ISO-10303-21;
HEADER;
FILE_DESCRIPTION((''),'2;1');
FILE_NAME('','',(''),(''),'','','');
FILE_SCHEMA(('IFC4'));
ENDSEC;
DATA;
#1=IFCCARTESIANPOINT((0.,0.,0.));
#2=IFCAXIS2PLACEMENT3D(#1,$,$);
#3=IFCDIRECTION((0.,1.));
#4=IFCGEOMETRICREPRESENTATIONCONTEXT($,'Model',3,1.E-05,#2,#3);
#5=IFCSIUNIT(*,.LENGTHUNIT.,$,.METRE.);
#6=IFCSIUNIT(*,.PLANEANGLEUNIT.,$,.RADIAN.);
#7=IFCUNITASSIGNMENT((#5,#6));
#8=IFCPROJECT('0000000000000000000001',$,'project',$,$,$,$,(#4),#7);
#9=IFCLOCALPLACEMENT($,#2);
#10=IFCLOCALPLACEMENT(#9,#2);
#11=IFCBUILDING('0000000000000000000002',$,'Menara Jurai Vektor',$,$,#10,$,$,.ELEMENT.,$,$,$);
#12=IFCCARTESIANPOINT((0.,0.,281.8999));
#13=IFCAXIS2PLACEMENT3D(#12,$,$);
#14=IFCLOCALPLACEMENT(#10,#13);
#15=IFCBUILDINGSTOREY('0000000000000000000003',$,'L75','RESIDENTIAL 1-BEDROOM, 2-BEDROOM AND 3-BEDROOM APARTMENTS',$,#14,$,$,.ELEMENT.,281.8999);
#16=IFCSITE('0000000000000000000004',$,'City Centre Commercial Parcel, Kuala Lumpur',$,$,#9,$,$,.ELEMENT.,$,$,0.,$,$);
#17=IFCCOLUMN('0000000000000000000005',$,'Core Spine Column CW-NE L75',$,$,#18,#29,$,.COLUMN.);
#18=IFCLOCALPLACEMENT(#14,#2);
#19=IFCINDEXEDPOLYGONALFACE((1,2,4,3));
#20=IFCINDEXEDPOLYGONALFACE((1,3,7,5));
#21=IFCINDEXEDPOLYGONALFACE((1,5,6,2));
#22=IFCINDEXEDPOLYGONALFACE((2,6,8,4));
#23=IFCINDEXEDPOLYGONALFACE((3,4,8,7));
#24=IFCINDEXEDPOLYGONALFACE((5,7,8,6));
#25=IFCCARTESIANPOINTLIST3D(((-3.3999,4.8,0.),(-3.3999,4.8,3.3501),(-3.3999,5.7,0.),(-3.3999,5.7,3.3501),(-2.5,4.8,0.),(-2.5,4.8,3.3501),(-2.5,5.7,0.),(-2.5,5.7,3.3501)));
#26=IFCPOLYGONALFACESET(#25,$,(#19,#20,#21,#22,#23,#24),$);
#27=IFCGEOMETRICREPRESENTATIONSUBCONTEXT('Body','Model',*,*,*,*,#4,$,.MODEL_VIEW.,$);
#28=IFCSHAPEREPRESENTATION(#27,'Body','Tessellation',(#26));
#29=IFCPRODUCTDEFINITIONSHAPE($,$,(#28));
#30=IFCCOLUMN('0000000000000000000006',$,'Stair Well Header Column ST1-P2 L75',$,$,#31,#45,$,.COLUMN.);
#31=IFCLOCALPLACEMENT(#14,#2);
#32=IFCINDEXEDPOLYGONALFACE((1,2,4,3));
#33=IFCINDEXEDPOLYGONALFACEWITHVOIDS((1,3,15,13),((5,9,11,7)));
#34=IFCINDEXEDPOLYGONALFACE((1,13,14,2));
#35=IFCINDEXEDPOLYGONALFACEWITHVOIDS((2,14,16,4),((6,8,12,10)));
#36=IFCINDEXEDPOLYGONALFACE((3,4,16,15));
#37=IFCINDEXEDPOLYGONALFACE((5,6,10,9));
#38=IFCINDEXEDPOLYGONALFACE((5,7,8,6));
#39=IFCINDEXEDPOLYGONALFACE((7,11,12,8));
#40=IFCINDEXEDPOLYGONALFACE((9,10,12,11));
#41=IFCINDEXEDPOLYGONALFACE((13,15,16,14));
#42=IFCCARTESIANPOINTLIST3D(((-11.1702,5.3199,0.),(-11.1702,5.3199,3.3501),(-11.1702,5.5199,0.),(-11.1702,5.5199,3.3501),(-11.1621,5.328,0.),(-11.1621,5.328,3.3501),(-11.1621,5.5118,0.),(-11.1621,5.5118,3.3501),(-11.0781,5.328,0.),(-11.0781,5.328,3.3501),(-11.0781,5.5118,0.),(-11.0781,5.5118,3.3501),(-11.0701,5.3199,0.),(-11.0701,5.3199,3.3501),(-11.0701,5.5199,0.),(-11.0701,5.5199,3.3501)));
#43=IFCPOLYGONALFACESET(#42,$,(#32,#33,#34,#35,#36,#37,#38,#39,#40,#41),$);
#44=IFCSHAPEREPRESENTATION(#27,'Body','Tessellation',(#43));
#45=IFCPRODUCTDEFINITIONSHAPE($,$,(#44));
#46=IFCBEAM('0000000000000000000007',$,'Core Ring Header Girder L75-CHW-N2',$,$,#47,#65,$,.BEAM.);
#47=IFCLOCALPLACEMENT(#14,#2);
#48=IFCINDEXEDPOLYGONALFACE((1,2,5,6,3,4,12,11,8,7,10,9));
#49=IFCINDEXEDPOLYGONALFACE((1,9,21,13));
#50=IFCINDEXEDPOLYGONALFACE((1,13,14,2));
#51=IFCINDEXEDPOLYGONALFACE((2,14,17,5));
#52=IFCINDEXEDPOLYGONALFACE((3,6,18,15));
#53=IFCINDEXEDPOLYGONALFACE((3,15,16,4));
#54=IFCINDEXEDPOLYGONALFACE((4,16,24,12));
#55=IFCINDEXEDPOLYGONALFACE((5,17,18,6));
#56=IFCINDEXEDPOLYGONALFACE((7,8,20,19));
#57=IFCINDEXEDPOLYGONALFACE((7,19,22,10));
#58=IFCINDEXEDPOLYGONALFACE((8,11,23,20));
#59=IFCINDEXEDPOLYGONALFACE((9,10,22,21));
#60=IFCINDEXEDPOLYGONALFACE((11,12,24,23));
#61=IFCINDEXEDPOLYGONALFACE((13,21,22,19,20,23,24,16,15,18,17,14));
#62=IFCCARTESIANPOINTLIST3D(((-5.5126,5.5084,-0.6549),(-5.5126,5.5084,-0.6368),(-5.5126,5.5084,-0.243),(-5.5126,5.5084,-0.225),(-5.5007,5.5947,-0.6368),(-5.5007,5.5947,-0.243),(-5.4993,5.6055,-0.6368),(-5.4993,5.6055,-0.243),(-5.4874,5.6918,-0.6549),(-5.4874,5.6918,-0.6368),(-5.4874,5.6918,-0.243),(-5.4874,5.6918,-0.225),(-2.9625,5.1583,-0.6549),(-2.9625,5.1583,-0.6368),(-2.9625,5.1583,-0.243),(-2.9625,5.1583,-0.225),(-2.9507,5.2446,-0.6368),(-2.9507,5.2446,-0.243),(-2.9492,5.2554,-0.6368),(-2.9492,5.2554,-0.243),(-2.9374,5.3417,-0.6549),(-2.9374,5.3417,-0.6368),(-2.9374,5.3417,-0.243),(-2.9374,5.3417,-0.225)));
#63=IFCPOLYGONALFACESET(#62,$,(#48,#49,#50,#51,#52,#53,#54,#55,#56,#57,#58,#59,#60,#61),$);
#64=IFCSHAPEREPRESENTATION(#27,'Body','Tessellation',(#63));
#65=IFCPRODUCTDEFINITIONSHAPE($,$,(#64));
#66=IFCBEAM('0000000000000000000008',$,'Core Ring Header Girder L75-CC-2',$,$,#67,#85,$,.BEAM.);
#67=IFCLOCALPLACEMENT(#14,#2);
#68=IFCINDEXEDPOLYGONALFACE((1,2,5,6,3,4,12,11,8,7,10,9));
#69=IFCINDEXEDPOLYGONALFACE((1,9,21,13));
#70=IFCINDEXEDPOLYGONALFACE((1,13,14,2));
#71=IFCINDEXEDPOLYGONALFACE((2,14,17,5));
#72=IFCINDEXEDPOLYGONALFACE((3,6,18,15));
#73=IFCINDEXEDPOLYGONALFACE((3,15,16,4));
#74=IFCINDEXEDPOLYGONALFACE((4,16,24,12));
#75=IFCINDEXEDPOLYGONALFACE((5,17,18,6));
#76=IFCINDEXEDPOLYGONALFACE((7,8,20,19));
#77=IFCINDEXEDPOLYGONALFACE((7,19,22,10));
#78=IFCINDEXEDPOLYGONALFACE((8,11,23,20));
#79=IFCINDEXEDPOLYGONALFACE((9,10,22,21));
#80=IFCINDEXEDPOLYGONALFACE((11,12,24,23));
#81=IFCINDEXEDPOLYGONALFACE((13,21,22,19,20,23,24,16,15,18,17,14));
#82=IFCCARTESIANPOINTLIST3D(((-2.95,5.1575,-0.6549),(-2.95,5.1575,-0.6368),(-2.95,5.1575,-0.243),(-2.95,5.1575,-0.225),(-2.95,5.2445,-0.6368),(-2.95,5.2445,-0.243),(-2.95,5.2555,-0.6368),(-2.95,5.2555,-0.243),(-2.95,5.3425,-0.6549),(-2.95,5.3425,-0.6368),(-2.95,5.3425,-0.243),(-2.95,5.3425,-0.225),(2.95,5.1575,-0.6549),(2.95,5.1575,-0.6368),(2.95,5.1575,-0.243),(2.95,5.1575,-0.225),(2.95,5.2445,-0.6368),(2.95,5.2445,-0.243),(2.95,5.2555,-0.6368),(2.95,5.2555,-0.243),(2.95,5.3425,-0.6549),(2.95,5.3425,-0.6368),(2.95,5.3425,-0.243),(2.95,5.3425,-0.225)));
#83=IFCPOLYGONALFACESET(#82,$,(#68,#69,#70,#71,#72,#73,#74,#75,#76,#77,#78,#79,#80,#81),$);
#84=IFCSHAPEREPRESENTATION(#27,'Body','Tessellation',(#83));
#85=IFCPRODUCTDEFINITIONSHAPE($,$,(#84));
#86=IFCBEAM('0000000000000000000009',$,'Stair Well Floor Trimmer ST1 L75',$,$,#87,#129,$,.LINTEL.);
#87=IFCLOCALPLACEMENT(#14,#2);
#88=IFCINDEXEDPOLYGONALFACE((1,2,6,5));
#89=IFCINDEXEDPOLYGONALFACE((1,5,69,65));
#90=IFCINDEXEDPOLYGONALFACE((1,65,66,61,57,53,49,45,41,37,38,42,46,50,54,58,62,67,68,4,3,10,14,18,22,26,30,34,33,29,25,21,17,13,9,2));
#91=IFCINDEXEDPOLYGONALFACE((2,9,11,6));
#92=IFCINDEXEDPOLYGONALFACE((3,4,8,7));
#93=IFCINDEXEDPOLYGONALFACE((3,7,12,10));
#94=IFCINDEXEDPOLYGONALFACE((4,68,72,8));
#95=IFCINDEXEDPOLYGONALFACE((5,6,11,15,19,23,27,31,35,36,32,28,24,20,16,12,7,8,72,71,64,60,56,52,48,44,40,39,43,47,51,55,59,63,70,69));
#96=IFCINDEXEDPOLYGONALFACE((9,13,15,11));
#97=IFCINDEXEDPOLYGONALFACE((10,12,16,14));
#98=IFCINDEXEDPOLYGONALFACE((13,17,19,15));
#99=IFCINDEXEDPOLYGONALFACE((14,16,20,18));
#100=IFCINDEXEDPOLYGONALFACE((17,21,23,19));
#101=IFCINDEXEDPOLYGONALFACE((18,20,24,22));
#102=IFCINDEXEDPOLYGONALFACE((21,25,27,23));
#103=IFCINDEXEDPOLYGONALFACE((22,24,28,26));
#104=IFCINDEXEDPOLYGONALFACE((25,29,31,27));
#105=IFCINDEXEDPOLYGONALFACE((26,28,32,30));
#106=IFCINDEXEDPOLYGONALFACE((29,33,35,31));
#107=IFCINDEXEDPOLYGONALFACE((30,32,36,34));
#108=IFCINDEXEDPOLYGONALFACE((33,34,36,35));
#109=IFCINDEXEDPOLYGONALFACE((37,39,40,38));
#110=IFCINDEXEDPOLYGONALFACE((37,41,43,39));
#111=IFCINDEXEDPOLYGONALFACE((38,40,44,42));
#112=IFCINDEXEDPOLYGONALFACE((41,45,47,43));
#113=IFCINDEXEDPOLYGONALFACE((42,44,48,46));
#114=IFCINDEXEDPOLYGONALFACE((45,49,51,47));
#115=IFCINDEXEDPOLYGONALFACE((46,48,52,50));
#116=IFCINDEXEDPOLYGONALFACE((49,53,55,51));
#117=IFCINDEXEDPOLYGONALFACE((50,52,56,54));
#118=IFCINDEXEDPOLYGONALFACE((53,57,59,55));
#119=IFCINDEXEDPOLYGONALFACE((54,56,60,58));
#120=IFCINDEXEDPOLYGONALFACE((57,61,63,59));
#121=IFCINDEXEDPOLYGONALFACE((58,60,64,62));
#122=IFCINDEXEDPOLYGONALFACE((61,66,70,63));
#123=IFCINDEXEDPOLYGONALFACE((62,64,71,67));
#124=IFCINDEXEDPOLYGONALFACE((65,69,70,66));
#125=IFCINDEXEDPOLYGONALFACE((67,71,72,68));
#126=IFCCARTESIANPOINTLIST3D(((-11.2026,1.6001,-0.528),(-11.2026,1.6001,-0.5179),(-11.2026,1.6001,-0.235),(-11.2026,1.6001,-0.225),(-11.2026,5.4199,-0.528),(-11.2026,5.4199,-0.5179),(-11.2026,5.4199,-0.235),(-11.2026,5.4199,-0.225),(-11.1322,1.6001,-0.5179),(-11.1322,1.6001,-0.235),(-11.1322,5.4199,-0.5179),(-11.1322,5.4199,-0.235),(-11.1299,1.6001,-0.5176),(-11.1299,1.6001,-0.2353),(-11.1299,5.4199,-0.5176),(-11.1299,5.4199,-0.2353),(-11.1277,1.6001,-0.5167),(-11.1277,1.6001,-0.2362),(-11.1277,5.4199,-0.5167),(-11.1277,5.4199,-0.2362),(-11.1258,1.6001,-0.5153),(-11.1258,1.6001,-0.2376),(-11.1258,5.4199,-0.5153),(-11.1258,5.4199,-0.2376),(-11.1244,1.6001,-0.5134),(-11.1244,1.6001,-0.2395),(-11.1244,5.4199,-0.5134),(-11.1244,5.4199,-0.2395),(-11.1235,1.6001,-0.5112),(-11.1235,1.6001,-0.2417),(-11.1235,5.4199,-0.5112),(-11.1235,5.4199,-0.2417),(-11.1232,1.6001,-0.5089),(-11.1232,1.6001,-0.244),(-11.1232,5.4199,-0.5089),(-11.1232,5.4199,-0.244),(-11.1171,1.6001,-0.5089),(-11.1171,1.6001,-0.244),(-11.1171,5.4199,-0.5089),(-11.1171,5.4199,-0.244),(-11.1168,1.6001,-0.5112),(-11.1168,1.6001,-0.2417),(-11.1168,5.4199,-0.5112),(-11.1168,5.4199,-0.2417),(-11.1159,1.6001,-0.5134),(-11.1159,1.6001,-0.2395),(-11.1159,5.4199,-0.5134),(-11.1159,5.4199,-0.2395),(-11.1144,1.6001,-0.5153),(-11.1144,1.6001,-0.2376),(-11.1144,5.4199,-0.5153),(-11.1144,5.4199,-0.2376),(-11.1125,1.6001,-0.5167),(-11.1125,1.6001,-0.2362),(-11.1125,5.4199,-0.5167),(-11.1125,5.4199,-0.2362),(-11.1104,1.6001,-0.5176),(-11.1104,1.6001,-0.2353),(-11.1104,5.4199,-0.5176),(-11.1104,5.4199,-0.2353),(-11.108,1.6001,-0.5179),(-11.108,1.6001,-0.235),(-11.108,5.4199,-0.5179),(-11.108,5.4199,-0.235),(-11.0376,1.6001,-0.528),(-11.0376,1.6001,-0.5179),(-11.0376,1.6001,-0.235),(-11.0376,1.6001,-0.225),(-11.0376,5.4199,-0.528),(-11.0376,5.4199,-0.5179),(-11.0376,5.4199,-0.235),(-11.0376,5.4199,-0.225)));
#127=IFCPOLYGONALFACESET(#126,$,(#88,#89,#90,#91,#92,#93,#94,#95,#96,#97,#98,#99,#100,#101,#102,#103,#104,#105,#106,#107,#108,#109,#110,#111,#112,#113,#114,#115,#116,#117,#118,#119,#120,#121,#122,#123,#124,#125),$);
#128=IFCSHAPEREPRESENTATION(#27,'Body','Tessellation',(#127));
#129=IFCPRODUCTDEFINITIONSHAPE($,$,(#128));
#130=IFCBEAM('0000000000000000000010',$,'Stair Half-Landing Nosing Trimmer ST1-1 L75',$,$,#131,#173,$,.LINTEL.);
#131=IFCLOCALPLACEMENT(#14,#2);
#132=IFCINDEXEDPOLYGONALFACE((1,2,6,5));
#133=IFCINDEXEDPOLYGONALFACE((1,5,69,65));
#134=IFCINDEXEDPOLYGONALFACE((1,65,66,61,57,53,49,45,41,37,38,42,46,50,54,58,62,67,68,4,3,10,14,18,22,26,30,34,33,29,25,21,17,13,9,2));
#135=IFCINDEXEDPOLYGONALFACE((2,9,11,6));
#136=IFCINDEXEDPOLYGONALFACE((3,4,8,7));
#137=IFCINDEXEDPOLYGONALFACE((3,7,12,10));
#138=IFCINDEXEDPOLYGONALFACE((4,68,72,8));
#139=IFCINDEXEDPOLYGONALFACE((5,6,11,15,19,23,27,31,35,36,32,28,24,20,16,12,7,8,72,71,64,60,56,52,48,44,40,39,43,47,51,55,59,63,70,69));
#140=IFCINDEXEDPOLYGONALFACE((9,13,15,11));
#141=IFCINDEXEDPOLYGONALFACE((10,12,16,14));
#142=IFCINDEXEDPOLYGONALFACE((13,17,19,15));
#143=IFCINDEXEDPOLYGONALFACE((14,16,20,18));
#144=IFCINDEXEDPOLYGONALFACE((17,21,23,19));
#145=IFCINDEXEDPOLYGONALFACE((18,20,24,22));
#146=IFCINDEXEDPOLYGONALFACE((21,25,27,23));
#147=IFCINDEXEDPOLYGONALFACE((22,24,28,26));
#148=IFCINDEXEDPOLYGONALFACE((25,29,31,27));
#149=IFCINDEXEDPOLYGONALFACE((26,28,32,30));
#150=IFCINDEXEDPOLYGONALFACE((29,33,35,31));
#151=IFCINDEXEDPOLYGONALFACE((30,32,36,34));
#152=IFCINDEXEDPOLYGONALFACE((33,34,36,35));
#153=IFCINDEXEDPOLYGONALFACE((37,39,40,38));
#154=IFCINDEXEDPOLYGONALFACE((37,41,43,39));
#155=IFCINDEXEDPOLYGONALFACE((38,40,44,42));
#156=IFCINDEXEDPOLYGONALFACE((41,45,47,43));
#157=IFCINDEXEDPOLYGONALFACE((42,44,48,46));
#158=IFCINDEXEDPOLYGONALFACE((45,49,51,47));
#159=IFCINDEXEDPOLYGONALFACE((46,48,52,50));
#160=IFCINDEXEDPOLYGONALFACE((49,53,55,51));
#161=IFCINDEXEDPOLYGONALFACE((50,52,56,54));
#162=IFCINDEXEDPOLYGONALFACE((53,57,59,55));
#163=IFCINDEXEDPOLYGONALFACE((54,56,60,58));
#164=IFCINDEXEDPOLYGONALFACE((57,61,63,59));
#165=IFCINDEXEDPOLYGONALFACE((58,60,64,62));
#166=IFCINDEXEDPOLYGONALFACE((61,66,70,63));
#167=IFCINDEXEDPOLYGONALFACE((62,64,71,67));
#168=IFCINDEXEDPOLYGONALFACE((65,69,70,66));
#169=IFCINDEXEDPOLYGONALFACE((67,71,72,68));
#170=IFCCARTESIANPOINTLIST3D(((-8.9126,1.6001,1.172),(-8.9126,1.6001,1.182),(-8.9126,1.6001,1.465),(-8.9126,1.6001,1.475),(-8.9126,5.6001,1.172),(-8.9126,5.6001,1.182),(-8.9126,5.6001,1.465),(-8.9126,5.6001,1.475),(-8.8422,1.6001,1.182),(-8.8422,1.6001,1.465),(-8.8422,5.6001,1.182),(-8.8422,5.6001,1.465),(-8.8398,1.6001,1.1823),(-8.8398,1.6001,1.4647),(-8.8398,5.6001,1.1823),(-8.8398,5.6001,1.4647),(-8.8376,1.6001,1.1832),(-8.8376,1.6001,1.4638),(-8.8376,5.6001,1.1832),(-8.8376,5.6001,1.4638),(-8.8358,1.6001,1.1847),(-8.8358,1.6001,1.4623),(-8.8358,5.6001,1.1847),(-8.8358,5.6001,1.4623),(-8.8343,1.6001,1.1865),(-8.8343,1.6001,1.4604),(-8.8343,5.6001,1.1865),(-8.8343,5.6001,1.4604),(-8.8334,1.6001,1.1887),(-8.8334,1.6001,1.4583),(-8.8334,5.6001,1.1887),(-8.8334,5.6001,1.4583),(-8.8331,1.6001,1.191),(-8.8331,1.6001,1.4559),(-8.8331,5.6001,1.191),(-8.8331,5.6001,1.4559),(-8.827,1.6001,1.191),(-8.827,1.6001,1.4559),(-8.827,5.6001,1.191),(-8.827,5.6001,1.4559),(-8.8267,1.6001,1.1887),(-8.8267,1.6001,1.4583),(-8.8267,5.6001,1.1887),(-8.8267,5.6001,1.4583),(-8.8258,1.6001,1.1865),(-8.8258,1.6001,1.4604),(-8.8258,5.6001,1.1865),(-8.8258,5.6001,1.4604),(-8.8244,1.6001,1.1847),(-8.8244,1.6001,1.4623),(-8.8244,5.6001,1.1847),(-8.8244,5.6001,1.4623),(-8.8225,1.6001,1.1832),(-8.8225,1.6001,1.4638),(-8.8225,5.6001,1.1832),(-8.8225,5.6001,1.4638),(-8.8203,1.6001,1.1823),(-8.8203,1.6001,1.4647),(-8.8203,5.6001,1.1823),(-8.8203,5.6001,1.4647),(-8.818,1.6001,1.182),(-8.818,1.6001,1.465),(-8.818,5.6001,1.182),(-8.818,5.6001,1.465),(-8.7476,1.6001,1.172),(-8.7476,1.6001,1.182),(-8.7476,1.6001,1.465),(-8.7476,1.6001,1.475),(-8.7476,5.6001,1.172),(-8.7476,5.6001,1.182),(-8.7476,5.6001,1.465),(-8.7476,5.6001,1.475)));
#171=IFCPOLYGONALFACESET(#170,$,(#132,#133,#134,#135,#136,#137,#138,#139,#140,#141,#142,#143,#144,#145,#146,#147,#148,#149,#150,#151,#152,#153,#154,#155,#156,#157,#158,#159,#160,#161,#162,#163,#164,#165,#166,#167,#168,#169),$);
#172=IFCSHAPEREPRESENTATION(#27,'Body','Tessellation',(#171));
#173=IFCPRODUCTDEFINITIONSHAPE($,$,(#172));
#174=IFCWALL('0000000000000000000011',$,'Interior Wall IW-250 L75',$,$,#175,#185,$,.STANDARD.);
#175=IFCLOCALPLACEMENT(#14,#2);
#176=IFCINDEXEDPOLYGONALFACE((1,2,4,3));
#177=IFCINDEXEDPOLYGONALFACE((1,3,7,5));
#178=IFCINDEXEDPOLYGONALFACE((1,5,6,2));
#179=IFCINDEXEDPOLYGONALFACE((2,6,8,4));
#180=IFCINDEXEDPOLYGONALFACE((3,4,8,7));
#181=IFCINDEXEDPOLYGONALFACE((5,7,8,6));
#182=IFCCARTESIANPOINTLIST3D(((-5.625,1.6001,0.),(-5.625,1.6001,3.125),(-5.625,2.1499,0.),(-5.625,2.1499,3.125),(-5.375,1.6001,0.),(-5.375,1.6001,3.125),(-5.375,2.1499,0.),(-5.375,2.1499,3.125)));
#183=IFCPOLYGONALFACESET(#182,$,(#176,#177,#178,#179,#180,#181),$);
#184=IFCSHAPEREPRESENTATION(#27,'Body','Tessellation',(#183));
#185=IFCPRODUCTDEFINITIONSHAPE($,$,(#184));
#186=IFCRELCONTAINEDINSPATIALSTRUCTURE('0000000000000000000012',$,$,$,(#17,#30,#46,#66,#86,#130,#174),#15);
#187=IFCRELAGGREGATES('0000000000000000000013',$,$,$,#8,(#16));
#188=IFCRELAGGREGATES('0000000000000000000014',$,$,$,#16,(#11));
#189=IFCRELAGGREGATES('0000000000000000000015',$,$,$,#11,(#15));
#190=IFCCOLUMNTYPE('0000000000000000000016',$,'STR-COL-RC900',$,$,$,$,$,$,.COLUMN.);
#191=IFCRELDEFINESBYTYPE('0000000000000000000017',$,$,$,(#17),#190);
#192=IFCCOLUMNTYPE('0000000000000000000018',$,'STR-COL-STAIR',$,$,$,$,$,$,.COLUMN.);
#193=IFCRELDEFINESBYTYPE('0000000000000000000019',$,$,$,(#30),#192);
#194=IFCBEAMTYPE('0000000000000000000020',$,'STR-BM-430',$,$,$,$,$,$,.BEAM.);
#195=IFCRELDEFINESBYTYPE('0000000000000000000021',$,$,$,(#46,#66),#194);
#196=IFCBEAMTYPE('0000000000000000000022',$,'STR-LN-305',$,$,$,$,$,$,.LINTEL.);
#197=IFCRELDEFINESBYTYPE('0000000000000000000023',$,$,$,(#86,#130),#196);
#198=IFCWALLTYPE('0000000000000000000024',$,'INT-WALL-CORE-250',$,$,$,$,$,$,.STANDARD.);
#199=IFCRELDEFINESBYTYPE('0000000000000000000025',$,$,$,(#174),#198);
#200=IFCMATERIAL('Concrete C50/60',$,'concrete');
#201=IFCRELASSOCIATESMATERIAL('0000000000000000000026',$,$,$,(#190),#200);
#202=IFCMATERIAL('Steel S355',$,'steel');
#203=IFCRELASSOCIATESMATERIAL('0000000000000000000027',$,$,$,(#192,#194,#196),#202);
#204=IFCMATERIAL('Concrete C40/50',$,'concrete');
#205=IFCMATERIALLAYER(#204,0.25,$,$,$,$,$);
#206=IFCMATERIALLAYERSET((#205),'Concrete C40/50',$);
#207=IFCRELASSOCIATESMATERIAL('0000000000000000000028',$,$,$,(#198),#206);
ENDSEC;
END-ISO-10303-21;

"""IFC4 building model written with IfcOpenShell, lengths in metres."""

from ifc_helpers import new_model, si_unit, direction, frame, frame_2d, origin, origin_2d, place, context, subcontext, project, spatial, rectangle, hollow_rectangle, i_section, extrude, material, layer, layer_set, material_profile, profile_set, type_object, element, save


model = new_model("IFC4")

# Units and contexts
model_context = context("Model", 3, precision=1e-05, world=origin(), true_north=direction((0.0, 1.0)))
body_context = subcontext(model_context, "Body", "Model", "MODEL_VIEW")
ifc_project = project(units=[si_unit("LENGTHUNIT", "METRE"), si_unit("PLANEANGLEUNIT", "RADIAN")], contexts=[model_context])

# Site, building, storey
site_placement = place(None, origin())
site = spatial("IfcSite", under=ifc_project, at=site_placement, Name="City Centre Commercial Parcel, Kuala Lumpur", CompositionType="ELEMENT", RefElevation=0.0)
building_placement = place(site_placement, origin())
building = spatial("IfcBuilding", under=site, at=building_placement, Name="Menara Jurai Vektor", CompositionType="ELEMENT")
storey_placement = place(building_placement, frame((0.0, 0.0, 281.8999)))
storey = spatial("IfcBuildingStorey", under=building, at=storey_placement, Name="L75", Description="RESIDENTIAL 1-BEDROOM, 2-BEDROOM AND 3-BEDROOM APARTMENTS", CompositionType="ELEMENT", Elevation=281.8999)

# Columns
ifc_material_1 = material(Name="Concrete C50/60", Category="concrete")
ifc_material_profile_1 = material_profile(ifc_material_1, rectangle(XDim=0.8999, YDim=0.8999, at=origin_2d()), Name="RC 900x900")
ifc_profile_set_1 = profile_set([ifc_material_profile_1], Name="Concrete C50/60")
column_type_1 = type_object("IfcColumnType", Name="STR-COL-RC900", PredefinedType="COLUMN", material=ifc_profile_set_1)
column_1_placement = place(storey_placement, frame((-2.95, 5.25, 0.0), z_axis=(0.0, 0.0, 1.0), x_axis=(1.0, 0.0, 0.0)))
element("IfcColumn", 1, at=column_1_placement, inside=storey, type_object=column_type_1, Name="Core Spine Column CW-NE L75", PredefinedType="COLUMN", context=body_context, shape_type="SweptSolid", body=[
    extrude(rectangle(XDim=0.8999, YDim=0.8999, at=origin_2d()), origin(), (0.0, 0.0, 1.0), 3.3501),
])
ifc_material_2 = material(Name="Steel S355", Category="steel")
ifc_material_profile_2 = material_profile(ifc_material_2, hollow_rectangle(XDim=0.1001, YDim=0.2, WallThickness=0.0081, at=origin_2d()), Name="RHS 200x100x8")
ifc_profile_set_2 = profile_set([ifc_material_profile_2], Name="Steel S355")
column_type_2 = type_object("IfcColumnType", Name="STR-COL-STAIR", PredefinedType="COLUMN", material=ifc_profile_set_2)
column_2_placement = place(storey_placement, frame((-11.1201, 5.4199, 0.0), z_axis=(0.0, 0.0, 1.0), x_axis=(1.0, 0.0, 0.0)))
element("IfcColumn", 2, at=column_2_placement, inside=storey, type_object=column_type_2, Name="Stair Well Header Column ST1-P2 L75", PredefinedType="COLUMN", context=body_context, shape_type="SweptSolid", body=[
    extrude(hollow_rectangle(XDim=0.1001, YDim=0.2, WallThickness=0.0081, at=origin_2d()), origin(), (0.0, 0.0, 1.0), 3.3501),
])

# Beams
ifc_material_profile_3 = material_profile(ifc_material_2, i_section(OverallWidth=0.1851, OverallDepth=0.4299, WebThickness=0.011, FlangeThickness=0.0181, at=origin_2d()), Name="PG 430x185x76")
ifc_profile_set_3 = profile_set([ifc_material_profile_3], Name="Steel S355")
beam_type_1 = type_object("IfcBeamType", Name="STR-BM-430", PredefinedType="BEAM", material=ifc_profile_set_3)
beam_1_placement = place(storey_placement, frame((-5.5, 5.6001, -0.4399), z_axis=(0.990707, -0.136015, 0.0), x_axis=(0.136015, 0.990707, 0.0)))
element("IfcBeam", 3, at=beam_1_placement, inside=storey, type_object=beam_type_1, Name="Core Ring Header Girder L75-CHW-N2", PredefinedType="BEAM", context=body_context, shape_type="SweptSolid", body=[
    extrude(i_section(OverallWidth=0.1851, OverallDepth=0.4299, WebThickness=0.011, FlangeThickness=0.0181, at=origin_2d()), origin(), (0.0, 0.0, 1.0), 2.574),
])
beam_2_placement = place(storey_placement, frame((-2.95, 5.25, -0.4399), z_axis=(1.0, 0.0, 0.0), x_axis=(0.0, 1.0, 0.0)))
element("IfcBeam", 4, at=beam_2_placement, inside=storey, type_object=beam_type_1, Name="Core Ring Header Girder L75-CC-2", PredefinedType="BEAM", context=body_context, shape_type="SweptSolid", body=[
    extrude(i_section(OverallWidth=0.1851, OverallDepth=0.4299, WebThickness=0.011, FlangeThickness=0.0181, at=origin_2d()), origin(), (0.0, 0.0, 1.0), 5.8999),
])
ifc_material_profile_4 = material_profile(ifc_material_2, i_section(OverallWidth=0.165, OverallDepth=0.303, WebThickness=0.0061, FlangeThickness=0.01, FilletRadius=0.009, at=origin_2d()), Name="UKB 305x165x40")
ifc_profile_set_4 = profile_set([ifc_material_profile_4], Name="Steel S355")
beam_type_2 = type_object("IfcBeamType", Name="STR-LN-305", PredefinedType="LINTEL", material=ifc_profile_set_4)
beam_3_placement = place(storey_placement, frame((-11.1201, 1.6001, -0.3765), z_axis=(0.0, 1.0, 0.0), x_axis=(-1.0, 0.0, 0.0)))
element("IfcBeam", 5, at=beam_3_placement, inside=storey, type_object=beam_type_2, Name="Stair Well Floor Trimmer ST1 L75", PredefinedType="LINTEL", context=body_context, shape_type="SweptSolid", body=[
    extrude(i_section(OverallWidth=0.165, OverallDepth=0.303, WebThickness=0.0061, FlangeThickness=0.01, FilletRadius=0.009, at=origin_2d()), origin(), (0.0, 0.0, 1.0), 3.8198),
])
beam_4_placement = place(storey_placement, frame((-8.8301, 1.6001, 1.3235), z_axis=(0.0, 1.0, 0.0), x_axis=(-1.0, 0.0, 0.0)))
element("IfcBeam", 6, at=beam_4_placement, inside=storey, type_object=beam_type_2, Name="Stair Half-Landing Nosing Trimmer ST1-1 L75", PredefinedType="LINTEL", context=body_context, shape_type="SweptSolid", body=[
    extrude(i_section(OverallWidth=0.165, OverallDepth=0.303, WebThickness=0.0061, FlangeThickness=0.01, FilletRadius=0.009, at=origin_2d()), origin(), (0.0, 0.0, 1.0), 4.0),
])

# Wall
ifc_material_3 = material(Name="Concrete C40/50", Category="concrete")
ifc_layer_1 = layer(ifc_material_3, 0.25)
ifc_layer_set_1 = layer_set([ifc_layer_1], Name="Concrete C40/50")
wall_type_1 = type_object("IfcWallType", Name="INT-WALL-CORE-250", PredefinedType="STANDARD", material=ifc_layer_set_1)
wall_1_placement = place(storey_placement, frame((-5.5, 1.6001, 0.0), z_axis=(0.0, 0.0, 1.0), x_axis=(0.0, 1.0, 0.0)))
element("IfcWall", 7, at=wall_1_placement, inside=storey, type_object=wall_type_1, Name="Interior Wall IW-250 L75", PredefinedType="STANDARD", context=body_context, shape_type="SweptSolid", body=[
    extrude(rectangle(XDim=0.5498, YDim=0.25, at=frame_2d((0.2749, 0.0))), origin(), (0.0, 0.0, 1.0), 3.125),
])

save(model, "model.ifc")
